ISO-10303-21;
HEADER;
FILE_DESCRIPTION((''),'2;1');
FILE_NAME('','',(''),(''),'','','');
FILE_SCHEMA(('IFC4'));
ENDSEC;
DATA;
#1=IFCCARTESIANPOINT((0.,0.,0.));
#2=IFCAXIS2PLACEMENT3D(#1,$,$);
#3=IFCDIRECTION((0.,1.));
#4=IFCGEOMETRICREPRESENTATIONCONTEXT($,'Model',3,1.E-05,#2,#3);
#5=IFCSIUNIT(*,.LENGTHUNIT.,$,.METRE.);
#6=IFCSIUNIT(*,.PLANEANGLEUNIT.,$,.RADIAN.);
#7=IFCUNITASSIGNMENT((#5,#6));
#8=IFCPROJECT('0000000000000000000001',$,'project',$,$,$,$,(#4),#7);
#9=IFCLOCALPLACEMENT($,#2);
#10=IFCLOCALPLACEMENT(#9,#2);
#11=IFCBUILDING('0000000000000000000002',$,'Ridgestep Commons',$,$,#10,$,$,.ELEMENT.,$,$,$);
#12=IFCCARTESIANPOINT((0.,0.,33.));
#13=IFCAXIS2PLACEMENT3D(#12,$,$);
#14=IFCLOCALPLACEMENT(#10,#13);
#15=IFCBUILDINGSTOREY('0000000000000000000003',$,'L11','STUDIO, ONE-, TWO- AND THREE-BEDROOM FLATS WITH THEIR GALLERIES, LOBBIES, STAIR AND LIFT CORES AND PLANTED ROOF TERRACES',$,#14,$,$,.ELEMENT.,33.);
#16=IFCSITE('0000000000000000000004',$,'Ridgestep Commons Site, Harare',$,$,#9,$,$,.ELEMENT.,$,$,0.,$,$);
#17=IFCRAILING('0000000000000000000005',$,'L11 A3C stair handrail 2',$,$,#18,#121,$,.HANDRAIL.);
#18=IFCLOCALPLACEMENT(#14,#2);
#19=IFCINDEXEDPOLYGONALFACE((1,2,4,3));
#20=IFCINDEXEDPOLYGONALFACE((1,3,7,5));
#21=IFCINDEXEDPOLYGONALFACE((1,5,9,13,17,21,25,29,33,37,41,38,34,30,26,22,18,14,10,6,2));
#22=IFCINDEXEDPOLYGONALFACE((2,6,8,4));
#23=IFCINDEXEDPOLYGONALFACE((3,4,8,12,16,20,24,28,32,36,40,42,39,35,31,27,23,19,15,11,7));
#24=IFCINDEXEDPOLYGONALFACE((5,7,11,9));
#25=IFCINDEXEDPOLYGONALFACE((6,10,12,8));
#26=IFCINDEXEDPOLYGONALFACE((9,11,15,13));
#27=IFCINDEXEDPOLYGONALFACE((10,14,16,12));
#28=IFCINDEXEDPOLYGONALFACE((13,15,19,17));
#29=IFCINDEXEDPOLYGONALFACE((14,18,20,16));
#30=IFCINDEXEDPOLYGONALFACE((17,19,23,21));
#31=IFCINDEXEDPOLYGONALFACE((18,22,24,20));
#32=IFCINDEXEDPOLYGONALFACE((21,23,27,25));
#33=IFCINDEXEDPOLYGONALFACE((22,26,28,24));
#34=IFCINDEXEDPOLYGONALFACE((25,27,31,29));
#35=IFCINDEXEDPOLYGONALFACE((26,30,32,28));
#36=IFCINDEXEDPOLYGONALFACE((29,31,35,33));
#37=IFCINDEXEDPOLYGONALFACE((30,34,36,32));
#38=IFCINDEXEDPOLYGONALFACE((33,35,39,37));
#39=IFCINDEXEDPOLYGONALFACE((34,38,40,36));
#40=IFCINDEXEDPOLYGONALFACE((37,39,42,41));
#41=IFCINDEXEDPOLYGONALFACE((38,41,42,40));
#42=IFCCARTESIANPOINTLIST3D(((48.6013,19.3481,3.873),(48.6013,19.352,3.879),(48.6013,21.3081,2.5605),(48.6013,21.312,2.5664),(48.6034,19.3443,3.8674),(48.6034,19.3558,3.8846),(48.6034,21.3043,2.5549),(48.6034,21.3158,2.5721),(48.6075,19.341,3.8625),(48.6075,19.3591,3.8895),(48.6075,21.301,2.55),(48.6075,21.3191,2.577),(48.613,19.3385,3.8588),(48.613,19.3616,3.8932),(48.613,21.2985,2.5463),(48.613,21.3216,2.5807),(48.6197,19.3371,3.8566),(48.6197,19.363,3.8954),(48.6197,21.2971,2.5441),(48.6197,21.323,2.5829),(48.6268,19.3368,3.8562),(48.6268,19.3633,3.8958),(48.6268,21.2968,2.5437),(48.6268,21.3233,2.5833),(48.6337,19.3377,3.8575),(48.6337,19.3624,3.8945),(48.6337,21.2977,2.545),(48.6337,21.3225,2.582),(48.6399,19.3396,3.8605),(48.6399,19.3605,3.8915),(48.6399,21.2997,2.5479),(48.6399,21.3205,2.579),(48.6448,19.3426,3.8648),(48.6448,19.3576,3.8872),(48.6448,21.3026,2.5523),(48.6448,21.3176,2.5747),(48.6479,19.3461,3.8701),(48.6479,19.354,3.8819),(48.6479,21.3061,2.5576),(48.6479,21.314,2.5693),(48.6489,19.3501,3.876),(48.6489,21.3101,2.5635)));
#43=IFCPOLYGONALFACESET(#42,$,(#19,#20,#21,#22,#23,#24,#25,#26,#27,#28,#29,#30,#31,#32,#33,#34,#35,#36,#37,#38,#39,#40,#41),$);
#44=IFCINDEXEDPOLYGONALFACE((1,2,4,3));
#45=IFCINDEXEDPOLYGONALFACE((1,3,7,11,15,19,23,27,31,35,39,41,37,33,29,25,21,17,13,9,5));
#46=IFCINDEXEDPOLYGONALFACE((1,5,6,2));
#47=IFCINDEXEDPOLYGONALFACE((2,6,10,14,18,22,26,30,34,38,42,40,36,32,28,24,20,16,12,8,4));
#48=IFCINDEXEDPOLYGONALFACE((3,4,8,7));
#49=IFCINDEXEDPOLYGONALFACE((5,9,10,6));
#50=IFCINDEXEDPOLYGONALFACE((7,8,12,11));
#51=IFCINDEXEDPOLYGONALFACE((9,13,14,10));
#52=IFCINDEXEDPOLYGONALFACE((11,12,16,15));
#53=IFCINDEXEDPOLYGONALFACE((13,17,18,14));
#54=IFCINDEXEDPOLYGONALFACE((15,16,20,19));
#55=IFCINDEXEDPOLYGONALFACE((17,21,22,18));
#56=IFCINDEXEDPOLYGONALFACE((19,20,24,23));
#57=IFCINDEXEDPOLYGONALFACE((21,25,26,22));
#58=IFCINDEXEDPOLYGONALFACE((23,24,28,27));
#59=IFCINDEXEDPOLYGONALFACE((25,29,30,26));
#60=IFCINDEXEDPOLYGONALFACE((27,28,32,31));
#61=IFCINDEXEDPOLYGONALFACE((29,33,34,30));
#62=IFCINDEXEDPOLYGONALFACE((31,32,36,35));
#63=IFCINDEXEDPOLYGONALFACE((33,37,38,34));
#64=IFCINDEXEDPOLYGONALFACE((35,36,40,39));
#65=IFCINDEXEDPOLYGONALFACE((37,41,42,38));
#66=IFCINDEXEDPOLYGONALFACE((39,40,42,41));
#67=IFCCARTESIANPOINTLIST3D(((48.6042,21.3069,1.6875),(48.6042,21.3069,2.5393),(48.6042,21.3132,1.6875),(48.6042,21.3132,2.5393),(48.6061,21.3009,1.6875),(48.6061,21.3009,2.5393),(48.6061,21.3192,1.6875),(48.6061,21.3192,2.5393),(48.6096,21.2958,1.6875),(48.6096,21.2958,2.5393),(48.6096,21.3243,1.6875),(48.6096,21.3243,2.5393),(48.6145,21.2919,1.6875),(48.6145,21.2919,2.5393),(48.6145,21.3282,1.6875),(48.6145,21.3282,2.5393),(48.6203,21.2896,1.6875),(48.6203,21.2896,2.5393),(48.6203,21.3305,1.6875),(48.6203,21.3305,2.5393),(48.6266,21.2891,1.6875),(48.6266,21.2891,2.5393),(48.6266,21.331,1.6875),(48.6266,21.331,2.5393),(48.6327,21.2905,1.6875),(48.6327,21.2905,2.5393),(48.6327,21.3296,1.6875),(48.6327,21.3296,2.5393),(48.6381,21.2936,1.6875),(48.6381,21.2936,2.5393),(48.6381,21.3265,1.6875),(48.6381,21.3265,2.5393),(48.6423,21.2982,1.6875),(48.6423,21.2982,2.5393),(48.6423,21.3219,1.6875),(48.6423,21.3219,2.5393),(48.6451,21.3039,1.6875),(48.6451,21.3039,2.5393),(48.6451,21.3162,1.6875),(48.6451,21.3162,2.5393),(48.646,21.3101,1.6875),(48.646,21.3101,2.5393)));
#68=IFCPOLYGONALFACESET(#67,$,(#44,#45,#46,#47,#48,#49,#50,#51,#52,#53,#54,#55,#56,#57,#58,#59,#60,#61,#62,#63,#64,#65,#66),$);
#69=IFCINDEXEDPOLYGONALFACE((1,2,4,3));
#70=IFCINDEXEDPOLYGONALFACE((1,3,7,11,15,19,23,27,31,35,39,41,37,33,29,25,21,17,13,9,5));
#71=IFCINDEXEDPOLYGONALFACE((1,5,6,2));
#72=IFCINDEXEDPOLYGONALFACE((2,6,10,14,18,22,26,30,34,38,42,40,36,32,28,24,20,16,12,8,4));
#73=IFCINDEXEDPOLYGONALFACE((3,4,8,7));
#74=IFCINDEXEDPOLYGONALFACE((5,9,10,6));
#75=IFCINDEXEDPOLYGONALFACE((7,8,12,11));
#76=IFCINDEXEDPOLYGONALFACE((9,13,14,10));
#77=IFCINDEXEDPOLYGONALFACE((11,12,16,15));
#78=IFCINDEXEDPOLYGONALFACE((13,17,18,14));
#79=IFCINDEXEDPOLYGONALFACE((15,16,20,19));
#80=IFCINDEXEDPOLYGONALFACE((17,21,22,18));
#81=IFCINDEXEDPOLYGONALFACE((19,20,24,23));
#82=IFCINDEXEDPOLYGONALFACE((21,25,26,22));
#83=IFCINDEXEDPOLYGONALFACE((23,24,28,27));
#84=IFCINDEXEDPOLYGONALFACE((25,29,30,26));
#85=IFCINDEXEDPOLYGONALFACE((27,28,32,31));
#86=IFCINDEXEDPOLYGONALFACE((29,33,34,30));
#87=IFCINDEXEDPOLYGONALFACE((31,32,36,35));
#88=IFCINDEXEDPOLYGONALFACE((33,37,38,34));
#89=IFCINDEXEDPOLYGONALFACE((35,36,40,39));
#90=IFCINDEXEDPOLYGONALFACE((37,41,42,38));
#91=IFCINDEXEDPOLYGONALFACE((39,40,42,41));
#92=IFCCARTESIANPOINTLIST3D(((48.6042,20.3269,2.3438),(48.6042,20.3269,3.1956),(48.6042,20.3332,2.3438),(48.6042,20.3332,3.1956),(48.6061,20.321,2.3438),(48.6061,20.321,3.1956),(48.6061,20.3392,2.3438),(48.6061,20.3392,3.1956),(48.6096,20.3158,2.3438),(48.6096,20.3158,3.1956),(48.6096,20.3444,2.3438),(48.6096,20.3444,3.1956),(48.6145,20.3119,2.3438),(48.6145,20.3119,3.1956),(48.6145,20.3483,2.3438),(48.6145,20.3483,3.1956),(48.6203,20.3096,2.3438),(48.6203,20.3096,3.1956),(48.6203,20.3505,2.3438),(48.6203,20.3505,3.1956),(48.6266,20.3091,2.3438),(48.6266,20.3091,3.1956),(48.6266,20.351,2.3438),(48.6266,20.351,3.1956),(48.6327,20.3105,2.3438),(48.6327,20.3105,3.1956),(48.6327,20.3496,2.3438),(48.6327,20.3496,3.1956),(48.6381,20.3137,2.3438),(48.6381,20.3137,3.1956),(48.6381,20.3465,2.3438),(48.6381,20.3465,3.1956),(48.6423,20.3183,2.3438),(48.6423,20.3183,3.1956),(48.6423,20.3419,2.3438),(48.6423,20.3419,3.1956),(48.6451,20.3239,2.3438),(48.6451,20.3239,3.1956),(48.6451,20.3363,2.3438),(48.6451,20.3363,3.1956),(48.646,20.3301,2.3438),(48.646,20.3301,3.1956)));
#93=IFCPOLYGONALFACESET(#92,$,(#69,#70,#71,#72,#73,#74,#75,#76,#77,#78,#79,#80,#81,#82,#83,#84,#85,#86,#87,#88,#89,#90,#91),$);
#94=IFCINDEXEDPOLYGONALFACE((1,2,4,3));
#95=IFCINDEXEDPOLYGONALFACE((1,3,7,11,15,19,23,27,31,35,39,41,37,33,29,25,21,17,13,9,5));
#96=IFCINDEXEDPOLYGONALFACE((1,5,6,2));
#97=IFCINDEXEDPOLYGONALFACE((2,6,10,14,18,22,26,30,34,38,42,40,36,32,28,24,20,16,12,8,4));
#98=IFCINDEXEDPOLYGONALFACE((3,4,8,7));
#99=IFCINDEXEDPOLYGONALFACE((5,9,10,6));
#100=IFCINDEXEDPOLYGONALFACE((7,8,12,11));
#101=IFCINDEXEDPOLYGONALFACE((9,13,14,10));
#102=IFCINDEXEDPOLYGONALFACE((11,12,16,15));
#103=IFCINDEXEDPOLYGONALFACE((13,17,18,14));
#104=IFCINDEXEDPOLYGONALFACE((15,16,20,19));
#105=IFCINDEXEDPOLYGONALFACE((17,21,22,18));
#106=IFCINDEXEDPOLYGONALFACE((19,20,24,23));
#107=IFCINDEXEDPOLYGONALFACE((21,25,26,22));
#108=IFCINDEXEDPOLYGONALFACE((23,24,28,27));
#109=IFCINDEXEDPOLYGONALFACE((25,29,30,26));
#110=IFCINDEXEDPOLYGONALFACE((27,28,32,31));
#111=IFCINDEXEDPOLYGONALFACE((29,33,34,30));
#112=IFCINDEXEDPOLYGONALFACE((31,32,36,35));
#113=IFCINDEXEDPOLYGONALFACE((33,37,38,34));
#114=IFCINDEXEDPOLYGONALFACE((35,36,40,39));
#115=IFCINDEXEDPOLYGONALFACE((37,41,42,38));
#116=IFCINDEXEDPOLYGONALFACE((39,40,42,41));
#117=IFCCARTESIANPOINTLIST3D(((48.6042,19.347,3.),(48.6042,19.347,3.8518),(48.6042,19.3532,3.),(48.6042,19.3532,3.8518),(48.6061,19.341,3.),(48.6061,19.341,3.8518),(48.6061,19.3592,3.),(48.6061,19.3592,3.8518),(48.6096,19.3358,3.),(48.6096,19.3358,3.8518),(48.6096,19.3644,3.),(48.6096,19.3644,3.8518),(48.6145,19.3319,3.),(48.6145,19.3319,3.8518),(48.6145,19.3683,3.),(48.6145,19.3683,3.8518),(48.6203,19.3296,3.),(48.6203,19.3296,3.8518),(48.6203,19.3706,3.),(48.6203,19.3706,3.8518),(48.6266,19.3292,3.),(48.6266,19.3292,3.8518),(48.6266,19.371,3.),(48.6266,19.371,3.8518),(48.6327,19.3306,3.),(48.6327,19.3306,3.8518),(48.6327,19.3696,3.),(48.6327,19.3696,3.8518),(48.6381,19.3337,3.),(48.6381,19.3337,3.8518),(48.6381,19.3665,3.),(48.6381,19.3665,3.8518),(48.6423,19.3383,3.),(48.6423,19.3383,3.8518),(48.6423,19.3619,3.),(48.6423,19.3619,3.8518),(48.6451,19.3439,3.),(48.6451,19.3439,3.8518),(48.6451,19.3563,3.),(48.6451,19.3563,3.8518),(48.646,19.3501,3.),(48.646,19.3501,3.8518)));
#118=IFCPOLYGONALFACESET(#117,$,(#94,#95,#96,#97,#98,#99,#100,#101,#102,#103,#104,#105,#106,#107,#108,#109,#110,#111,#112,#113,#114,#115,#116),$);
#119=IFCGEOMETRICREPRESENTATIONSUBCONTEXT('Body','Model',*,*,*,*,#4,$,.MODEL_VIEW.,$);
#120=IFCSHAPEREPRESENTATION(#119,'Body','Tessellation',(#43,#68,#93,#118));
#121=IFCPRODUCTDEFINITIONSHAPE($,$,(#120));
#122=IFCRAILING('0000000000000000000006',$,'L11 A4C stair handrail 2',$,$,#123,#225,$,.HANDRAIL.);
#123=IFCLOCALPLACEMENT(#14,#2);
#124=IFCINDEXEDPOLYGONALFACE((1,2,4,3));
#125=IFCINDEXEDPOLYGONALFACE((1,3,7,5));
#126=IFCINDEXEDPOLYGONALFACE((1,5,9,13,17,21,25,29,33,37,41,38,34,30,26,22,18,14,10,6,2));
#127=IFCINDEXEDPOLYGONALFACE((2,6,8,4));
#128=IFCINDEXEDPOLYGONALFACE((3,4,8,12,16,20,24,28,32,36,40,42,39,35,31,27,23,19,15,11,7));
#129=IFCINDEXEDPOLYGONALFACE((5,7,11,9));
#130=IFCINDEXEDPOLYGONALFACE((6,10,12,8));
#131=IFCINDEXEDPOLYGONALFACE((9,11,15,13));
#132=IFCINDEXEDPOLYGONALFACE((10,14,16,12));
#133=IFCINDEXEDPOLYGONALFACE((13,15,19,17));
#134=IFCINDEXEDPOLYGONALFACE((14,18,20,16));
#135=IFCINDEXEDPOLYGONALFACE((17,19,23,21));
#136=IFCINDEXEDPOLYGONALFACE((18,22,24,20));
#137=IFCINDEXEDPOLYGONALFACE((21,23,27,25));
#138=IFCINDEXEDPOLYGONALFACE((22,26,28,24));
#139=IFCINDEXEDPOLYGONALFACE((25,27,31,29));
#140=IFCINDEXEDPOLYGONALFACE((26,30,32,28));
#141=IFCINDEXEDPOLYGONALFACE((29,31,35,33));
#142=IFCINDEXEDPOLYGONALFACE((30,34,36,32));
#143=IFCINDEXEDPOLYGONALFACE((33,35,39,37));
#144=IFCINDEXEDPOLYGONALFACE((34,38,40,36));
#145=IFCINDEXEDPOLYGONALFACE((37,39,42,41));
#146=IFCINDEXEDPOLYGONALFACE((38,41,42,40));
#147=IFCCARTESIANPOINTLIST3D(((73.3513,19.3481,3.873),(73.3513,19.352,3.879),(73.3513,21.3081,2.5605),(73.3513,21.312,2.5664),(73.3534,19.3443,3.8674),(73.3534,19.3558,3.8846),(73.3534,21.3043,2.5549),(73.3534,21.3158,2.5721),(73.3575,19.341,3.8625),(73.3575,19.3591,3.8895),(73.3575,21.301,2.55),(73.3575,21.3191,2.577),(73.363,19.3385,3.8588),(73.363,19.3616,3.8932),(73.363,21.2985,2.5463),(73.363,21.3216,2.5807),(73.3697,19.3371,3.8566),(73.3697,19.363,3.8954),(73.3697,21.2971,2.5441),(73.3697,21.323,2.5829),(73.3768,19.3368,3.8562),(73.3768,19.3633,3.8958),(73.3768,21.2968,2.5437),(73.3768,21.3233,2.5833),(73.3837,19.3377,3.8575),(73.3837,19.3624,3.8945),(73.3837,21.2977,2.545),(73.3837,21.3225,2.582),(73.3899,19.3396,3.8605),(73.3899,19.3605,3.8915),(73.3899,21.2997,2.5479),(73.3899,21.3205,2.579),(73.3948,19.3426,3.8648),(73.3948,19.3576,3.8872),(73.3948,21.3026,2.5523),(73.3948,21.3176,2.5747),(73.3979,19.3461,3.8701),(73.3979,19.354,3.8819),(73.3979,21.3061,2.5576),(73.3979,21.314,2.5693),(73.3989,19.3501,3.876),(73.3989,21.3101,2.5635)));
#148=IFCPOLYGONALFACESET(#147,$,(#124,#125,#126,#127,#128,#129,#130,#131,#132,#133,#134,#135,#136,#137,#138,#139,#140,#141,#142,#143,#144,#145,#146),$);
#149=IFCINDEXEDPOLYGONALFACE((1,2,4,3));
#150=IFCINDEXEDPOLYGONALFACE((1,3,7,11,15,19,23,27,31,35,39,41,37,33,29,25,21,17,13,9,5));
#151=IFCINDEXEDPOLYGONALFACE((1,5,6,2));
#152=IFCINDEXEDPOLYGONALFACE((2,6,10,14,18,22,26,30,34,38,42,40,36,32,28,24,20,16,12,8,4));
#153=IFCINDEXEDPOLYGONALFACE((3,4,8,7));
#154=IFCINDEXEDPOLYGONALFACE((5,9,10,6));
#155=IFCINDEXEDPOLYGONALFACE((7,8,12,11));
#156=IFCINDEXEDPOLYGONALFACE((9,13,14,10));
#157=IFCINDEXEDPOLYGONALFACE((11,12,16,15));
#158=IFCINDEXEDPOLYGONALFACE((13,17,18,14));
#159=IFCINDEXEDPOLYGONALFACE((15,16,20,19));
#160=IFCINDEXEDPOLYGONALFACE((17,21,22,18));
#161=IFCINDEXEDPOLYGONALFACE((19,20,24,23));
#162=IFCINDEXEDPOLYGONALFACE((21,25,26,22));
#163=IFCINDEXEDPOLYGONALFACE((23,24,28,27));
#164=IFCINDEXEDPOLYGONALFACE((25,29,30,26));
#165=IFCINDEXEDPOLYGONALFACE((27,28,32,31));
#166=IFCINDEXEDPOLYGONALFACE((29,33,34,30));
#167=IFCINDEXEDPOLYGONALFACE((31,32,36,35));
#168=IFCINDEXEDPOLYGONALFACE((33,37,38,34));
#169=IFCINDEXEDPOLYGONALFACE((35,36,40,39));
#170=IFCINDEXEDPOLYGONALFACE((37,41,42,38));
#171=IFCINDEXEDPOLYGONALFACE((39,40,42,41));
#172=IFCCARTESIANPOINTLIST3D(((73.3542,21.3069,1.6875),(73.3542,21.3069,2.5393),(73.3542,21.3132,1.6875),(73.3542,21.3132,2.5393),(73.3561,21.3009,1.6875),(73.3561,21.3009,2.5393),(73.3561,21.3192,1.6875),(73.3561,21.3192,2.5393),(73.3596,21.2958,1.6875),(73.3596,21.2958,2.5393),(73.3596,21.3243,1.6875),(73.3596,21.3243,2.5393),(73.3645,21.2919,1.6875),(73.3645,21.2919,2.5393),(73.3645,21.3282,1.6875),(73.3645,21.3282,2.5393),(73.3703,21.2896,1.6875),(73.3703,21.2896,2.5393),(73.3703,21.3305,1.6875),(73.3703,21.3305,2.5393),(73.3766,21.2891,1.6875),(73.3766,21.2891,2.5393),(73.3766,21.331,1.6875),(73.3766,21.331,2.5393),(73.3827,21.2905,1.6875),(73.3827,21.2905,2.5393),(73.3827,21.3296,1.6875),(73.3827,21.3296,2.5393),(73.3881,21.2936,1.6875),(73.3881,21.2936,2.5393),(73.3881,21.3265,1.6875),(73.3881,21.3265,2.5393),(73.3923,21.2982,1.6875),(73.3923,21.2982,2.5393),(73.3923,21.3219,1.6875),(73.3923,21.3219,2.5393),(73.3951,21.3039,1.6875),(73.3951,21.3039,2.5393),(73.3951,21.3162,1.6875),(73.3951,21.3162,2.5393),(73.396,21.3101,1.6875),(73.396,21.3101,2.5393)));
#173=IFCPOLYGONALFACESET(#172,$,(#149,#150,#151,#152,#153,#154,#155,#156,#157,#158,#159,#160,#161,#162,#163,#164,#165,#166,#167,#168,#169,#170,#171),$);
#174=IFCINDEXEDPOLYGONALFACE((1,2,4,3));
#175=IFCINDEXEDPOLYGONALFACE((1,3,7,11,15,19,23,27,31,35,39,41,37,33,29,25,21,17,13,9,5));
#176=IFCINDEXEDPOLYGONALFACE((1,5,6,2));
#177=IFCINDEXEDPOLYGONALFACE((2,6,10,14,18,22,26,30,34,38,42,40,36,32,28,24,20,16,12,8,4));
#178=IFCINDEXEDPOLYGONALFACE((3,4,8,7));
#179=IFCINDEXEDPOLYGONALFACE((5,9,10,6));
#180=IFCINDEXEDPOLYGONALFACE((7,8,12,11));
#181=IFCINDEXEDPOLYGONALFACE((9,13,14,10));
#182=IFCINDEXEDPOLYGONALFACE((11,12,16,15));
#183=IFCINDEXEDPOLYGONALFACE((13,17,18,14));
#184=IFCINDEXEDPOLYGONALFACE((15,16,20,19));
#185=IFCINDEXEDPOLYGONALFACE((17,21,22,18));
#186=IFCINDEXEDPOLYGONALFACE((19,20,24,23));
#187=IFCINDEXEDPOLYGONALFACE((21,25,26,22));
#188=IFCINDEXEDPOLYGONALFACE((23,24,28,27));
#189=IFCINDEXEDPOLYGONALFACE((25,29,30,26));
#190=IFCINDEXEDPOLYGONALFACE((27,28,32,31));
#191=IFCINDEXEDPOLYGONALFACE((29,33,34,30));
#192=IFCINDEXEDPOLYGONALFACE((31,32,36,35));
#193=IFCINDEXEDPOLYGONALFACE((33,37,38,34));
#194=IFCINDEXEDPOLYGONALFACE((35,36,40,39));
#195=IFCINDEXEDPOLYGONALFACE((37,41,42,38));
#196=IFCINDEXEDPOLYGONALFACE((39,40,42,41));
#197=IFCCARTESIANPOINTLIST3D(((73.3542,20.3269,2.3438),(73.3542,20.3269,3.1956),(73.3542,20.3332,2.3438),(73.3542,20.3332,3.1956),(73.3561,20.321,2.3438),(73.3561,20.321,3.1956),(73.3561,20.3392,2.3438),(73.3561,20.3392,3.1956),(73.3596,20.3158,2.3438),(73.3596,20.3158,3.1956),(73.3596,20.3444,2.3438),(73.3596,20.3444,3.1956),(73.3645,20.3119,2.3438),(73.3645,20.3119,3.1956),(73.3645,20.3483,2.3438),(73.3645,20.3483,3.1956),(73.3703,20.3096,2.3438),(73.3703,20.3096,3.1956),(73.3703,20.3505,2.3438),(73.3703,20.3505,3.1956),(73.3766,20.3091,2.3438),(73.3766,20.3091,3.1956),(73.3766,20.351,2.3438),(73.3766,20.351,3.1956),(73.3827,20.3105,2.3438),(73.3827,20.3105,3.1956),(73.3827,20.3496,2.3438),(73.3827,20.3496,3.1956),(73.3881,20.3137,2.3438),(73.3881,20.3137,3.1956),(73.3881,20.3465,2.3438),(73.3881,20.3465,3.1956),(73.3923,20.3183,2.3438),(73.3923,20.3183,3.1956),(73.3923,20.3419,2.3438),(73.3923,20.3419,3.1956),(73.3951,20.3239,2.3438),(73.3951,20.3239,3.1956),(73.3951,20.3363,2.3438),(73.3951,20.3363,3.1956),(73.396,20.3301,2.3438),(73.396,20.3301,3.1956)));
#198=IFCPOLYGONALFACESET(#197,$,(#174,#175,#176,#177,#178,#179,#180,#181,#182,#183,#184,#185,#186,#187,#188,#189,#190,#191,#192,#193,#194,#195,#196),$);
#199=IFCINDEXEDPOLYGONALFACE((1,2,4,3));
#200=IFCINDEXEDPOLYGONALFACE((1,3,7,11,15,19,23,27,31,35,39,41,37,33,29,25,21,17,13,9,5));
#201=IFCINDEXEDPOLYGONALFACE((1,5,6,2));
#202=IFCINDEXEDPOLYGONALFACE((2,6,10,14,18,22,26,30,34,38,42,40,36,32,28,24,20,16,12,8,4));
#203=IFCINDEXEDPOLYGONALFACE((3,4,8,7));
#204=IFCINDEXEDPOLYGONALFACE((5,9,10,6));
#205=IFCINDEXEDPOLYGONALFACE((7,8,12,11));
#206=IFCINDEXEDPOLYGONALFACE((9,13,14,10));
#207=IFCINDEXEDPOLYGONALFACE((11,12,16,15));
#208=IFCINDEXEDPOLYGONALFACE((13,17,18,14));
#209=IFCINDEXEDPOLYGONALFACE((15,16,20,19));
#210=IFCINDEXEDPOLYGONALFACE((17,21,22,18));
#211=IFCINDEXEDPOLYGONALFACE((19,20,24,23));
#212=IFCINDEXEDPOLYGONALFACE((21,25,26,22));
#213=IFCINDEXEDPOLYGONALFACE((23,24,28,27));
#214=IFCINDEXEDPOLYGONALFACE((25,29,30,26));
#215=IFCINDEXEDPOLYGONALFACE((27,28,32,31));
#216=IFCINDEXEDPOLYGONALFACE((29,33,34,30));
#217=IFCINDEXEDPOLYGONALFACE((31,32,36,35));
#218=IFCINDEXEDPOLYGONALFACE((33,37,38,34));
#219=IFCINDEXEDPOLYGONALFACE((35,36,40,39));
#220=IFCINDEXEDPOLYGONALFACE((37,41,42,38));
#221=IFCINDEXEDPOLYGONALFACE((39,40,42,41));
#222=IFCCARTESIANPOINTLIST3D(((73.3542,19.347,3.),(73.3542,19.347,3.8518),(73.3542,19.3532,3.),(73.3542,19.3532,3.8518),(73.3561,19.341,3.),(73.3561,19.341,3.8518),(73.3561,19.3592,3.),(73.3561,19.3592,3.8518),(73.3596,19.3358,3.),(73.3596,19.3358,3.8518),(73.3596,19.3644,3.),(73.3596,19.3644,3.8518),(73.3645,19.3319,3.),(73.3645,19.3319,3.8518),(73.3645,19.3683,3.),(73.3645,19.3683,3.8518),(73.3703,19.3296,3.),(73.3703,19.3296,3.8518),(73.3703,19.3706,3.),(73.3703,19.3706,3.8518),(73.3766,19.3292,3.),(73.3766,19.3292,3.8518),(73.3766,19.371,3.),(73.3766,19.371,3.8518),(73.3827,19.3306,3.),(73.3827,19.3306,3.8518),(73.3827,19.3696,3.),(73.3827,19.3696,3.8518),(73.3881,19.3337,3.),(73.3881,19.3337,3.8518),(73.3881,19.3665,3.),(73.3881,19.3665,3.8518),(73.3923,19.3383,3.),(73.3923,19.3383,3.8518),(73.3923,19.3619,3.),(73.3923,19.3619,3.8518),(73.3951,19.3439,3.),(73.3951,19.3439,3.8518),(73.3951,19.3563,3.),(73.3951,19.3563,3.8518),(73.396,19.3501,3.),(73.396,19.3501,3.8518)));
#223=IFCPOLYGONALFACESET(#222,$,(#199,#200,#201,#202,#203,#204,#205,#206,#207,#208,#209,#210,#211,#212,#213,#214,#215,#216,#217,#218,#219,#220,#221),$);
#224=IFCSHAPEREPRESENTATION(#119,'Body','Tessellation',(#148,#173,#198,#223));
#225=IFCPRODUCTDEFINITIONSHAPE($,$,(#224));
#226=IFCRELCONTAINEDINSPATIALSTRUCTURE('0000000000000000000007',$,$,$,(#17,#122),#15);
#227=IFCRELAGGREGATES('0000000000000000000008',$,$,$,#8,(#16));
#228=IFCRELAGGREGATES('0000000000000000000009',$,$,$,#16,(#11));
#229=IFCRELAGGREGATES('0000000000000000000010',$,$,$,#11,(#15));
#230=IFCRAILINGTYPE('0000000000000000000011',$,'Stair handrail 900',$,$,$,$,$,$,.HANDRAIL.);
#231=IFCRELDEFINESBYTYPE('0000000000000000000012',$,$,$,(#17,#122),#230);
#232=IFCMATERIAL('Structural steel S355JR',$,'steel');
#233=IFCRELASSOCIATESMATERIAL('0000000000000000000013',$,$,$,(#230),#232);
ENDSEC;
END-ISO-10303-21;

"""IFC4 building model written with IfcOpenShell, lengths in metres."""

from ifc_helpers import new_model, si_unit, direction, frame, origin, origin_2d, place, context, subcontext, project, spatial, circle, extrude, material, type_object, element, save


model = new_model("IFC4")

# Units and contexts
model_context = context("Model", 3, precision=1e-05, world=origin(), true_north=direction((0.0, 1.0)))
body_context = subcontext(model_context, "Body", "Model", "MODEL_VIEW")
ifc_project = project(units=[si_unit("LENGTHUNIT", "METRE"), si_unit("PLANEANGLEUNIT", "RADIAN")], contexts=[model_context])

# Site, building, storey
site_placement = place(None, origin())
site = spatial("IfcSite", under=ifc_project, at=site_placement, Name="Ridgestep Commons Site, Harare", CompositionType="ELEMENT", RefElevation=0.0)
building_placement = place(site_placement, origin())
building = spatial("IfcBuilding", under=site, at=building_placement, Name="Ridgestep Commons", CompositionType="ELEMENT")
storey_placement = place(building_placement, frame((0.0, 0.0, 33.0)))
storey = spatial("IfcBuildingStorey", under=building, at=storey_placement, Name="L11", Description="STUDIO, ONE-, TWO- AND THREE-BEDROOM FLATS WITH THEIR GALLERIES, LOBBIES, STAIR AND LIFT CORES AND PLANTED ROOF TERRACES", CompositionType="ELEMENT", Elevation=33.0)

# Railings
ifc_material_1 = material(Name="Structural steel S355JR", Category="steel")
railing_type_1 = type_object("IfcRailingType", Name="Stair handrail 900", PredefinedType="HANDRAIL", material=ifc_material_1)
for number, where, name in (
    (1, (48.625, 21.3101, 1.6875), "L11 A3C stair handrail 2"),
    (2, (73.375, 21.3101, 1.6875), "L11 A4C stair handrail 2"),
):
    element("IfcRailing", number, at=place(storey_placement, frame(where)), inside=storey, type_object=railing_type_1, Name=name, PredefinedType="HANDRAIL", context=body_context, shape_type="SweptSolid", body=[
        extrude(circle(Radius=0.0239, at=origin_2d()), frame((0.0, 0.0, 0.876), z_axis=(0.0, -0.830902, 0.556419), x_axis=(1.0, 0.0, 0.0)), (0.0, 0.0, 1.0), 2.3589),
        extrude(circle(Radius=0.021, at=origin_2d()), origin(), (0.0, 0.0, 1.0), 0.8518),
        extrude(circle(Radius=0.021, at=origin_2d()), frame((0.0, -0.98, 0.6562)), (0.0, 0.0, 1.0), 0.8518),
        extrude(circle(Radius=0.021, at=origin_2d()), frame((0.0, -1.96, 1.3125)), (0.0, 0.0, 1.0), 0.8518),
    ])

save(model, "model.ifc")
